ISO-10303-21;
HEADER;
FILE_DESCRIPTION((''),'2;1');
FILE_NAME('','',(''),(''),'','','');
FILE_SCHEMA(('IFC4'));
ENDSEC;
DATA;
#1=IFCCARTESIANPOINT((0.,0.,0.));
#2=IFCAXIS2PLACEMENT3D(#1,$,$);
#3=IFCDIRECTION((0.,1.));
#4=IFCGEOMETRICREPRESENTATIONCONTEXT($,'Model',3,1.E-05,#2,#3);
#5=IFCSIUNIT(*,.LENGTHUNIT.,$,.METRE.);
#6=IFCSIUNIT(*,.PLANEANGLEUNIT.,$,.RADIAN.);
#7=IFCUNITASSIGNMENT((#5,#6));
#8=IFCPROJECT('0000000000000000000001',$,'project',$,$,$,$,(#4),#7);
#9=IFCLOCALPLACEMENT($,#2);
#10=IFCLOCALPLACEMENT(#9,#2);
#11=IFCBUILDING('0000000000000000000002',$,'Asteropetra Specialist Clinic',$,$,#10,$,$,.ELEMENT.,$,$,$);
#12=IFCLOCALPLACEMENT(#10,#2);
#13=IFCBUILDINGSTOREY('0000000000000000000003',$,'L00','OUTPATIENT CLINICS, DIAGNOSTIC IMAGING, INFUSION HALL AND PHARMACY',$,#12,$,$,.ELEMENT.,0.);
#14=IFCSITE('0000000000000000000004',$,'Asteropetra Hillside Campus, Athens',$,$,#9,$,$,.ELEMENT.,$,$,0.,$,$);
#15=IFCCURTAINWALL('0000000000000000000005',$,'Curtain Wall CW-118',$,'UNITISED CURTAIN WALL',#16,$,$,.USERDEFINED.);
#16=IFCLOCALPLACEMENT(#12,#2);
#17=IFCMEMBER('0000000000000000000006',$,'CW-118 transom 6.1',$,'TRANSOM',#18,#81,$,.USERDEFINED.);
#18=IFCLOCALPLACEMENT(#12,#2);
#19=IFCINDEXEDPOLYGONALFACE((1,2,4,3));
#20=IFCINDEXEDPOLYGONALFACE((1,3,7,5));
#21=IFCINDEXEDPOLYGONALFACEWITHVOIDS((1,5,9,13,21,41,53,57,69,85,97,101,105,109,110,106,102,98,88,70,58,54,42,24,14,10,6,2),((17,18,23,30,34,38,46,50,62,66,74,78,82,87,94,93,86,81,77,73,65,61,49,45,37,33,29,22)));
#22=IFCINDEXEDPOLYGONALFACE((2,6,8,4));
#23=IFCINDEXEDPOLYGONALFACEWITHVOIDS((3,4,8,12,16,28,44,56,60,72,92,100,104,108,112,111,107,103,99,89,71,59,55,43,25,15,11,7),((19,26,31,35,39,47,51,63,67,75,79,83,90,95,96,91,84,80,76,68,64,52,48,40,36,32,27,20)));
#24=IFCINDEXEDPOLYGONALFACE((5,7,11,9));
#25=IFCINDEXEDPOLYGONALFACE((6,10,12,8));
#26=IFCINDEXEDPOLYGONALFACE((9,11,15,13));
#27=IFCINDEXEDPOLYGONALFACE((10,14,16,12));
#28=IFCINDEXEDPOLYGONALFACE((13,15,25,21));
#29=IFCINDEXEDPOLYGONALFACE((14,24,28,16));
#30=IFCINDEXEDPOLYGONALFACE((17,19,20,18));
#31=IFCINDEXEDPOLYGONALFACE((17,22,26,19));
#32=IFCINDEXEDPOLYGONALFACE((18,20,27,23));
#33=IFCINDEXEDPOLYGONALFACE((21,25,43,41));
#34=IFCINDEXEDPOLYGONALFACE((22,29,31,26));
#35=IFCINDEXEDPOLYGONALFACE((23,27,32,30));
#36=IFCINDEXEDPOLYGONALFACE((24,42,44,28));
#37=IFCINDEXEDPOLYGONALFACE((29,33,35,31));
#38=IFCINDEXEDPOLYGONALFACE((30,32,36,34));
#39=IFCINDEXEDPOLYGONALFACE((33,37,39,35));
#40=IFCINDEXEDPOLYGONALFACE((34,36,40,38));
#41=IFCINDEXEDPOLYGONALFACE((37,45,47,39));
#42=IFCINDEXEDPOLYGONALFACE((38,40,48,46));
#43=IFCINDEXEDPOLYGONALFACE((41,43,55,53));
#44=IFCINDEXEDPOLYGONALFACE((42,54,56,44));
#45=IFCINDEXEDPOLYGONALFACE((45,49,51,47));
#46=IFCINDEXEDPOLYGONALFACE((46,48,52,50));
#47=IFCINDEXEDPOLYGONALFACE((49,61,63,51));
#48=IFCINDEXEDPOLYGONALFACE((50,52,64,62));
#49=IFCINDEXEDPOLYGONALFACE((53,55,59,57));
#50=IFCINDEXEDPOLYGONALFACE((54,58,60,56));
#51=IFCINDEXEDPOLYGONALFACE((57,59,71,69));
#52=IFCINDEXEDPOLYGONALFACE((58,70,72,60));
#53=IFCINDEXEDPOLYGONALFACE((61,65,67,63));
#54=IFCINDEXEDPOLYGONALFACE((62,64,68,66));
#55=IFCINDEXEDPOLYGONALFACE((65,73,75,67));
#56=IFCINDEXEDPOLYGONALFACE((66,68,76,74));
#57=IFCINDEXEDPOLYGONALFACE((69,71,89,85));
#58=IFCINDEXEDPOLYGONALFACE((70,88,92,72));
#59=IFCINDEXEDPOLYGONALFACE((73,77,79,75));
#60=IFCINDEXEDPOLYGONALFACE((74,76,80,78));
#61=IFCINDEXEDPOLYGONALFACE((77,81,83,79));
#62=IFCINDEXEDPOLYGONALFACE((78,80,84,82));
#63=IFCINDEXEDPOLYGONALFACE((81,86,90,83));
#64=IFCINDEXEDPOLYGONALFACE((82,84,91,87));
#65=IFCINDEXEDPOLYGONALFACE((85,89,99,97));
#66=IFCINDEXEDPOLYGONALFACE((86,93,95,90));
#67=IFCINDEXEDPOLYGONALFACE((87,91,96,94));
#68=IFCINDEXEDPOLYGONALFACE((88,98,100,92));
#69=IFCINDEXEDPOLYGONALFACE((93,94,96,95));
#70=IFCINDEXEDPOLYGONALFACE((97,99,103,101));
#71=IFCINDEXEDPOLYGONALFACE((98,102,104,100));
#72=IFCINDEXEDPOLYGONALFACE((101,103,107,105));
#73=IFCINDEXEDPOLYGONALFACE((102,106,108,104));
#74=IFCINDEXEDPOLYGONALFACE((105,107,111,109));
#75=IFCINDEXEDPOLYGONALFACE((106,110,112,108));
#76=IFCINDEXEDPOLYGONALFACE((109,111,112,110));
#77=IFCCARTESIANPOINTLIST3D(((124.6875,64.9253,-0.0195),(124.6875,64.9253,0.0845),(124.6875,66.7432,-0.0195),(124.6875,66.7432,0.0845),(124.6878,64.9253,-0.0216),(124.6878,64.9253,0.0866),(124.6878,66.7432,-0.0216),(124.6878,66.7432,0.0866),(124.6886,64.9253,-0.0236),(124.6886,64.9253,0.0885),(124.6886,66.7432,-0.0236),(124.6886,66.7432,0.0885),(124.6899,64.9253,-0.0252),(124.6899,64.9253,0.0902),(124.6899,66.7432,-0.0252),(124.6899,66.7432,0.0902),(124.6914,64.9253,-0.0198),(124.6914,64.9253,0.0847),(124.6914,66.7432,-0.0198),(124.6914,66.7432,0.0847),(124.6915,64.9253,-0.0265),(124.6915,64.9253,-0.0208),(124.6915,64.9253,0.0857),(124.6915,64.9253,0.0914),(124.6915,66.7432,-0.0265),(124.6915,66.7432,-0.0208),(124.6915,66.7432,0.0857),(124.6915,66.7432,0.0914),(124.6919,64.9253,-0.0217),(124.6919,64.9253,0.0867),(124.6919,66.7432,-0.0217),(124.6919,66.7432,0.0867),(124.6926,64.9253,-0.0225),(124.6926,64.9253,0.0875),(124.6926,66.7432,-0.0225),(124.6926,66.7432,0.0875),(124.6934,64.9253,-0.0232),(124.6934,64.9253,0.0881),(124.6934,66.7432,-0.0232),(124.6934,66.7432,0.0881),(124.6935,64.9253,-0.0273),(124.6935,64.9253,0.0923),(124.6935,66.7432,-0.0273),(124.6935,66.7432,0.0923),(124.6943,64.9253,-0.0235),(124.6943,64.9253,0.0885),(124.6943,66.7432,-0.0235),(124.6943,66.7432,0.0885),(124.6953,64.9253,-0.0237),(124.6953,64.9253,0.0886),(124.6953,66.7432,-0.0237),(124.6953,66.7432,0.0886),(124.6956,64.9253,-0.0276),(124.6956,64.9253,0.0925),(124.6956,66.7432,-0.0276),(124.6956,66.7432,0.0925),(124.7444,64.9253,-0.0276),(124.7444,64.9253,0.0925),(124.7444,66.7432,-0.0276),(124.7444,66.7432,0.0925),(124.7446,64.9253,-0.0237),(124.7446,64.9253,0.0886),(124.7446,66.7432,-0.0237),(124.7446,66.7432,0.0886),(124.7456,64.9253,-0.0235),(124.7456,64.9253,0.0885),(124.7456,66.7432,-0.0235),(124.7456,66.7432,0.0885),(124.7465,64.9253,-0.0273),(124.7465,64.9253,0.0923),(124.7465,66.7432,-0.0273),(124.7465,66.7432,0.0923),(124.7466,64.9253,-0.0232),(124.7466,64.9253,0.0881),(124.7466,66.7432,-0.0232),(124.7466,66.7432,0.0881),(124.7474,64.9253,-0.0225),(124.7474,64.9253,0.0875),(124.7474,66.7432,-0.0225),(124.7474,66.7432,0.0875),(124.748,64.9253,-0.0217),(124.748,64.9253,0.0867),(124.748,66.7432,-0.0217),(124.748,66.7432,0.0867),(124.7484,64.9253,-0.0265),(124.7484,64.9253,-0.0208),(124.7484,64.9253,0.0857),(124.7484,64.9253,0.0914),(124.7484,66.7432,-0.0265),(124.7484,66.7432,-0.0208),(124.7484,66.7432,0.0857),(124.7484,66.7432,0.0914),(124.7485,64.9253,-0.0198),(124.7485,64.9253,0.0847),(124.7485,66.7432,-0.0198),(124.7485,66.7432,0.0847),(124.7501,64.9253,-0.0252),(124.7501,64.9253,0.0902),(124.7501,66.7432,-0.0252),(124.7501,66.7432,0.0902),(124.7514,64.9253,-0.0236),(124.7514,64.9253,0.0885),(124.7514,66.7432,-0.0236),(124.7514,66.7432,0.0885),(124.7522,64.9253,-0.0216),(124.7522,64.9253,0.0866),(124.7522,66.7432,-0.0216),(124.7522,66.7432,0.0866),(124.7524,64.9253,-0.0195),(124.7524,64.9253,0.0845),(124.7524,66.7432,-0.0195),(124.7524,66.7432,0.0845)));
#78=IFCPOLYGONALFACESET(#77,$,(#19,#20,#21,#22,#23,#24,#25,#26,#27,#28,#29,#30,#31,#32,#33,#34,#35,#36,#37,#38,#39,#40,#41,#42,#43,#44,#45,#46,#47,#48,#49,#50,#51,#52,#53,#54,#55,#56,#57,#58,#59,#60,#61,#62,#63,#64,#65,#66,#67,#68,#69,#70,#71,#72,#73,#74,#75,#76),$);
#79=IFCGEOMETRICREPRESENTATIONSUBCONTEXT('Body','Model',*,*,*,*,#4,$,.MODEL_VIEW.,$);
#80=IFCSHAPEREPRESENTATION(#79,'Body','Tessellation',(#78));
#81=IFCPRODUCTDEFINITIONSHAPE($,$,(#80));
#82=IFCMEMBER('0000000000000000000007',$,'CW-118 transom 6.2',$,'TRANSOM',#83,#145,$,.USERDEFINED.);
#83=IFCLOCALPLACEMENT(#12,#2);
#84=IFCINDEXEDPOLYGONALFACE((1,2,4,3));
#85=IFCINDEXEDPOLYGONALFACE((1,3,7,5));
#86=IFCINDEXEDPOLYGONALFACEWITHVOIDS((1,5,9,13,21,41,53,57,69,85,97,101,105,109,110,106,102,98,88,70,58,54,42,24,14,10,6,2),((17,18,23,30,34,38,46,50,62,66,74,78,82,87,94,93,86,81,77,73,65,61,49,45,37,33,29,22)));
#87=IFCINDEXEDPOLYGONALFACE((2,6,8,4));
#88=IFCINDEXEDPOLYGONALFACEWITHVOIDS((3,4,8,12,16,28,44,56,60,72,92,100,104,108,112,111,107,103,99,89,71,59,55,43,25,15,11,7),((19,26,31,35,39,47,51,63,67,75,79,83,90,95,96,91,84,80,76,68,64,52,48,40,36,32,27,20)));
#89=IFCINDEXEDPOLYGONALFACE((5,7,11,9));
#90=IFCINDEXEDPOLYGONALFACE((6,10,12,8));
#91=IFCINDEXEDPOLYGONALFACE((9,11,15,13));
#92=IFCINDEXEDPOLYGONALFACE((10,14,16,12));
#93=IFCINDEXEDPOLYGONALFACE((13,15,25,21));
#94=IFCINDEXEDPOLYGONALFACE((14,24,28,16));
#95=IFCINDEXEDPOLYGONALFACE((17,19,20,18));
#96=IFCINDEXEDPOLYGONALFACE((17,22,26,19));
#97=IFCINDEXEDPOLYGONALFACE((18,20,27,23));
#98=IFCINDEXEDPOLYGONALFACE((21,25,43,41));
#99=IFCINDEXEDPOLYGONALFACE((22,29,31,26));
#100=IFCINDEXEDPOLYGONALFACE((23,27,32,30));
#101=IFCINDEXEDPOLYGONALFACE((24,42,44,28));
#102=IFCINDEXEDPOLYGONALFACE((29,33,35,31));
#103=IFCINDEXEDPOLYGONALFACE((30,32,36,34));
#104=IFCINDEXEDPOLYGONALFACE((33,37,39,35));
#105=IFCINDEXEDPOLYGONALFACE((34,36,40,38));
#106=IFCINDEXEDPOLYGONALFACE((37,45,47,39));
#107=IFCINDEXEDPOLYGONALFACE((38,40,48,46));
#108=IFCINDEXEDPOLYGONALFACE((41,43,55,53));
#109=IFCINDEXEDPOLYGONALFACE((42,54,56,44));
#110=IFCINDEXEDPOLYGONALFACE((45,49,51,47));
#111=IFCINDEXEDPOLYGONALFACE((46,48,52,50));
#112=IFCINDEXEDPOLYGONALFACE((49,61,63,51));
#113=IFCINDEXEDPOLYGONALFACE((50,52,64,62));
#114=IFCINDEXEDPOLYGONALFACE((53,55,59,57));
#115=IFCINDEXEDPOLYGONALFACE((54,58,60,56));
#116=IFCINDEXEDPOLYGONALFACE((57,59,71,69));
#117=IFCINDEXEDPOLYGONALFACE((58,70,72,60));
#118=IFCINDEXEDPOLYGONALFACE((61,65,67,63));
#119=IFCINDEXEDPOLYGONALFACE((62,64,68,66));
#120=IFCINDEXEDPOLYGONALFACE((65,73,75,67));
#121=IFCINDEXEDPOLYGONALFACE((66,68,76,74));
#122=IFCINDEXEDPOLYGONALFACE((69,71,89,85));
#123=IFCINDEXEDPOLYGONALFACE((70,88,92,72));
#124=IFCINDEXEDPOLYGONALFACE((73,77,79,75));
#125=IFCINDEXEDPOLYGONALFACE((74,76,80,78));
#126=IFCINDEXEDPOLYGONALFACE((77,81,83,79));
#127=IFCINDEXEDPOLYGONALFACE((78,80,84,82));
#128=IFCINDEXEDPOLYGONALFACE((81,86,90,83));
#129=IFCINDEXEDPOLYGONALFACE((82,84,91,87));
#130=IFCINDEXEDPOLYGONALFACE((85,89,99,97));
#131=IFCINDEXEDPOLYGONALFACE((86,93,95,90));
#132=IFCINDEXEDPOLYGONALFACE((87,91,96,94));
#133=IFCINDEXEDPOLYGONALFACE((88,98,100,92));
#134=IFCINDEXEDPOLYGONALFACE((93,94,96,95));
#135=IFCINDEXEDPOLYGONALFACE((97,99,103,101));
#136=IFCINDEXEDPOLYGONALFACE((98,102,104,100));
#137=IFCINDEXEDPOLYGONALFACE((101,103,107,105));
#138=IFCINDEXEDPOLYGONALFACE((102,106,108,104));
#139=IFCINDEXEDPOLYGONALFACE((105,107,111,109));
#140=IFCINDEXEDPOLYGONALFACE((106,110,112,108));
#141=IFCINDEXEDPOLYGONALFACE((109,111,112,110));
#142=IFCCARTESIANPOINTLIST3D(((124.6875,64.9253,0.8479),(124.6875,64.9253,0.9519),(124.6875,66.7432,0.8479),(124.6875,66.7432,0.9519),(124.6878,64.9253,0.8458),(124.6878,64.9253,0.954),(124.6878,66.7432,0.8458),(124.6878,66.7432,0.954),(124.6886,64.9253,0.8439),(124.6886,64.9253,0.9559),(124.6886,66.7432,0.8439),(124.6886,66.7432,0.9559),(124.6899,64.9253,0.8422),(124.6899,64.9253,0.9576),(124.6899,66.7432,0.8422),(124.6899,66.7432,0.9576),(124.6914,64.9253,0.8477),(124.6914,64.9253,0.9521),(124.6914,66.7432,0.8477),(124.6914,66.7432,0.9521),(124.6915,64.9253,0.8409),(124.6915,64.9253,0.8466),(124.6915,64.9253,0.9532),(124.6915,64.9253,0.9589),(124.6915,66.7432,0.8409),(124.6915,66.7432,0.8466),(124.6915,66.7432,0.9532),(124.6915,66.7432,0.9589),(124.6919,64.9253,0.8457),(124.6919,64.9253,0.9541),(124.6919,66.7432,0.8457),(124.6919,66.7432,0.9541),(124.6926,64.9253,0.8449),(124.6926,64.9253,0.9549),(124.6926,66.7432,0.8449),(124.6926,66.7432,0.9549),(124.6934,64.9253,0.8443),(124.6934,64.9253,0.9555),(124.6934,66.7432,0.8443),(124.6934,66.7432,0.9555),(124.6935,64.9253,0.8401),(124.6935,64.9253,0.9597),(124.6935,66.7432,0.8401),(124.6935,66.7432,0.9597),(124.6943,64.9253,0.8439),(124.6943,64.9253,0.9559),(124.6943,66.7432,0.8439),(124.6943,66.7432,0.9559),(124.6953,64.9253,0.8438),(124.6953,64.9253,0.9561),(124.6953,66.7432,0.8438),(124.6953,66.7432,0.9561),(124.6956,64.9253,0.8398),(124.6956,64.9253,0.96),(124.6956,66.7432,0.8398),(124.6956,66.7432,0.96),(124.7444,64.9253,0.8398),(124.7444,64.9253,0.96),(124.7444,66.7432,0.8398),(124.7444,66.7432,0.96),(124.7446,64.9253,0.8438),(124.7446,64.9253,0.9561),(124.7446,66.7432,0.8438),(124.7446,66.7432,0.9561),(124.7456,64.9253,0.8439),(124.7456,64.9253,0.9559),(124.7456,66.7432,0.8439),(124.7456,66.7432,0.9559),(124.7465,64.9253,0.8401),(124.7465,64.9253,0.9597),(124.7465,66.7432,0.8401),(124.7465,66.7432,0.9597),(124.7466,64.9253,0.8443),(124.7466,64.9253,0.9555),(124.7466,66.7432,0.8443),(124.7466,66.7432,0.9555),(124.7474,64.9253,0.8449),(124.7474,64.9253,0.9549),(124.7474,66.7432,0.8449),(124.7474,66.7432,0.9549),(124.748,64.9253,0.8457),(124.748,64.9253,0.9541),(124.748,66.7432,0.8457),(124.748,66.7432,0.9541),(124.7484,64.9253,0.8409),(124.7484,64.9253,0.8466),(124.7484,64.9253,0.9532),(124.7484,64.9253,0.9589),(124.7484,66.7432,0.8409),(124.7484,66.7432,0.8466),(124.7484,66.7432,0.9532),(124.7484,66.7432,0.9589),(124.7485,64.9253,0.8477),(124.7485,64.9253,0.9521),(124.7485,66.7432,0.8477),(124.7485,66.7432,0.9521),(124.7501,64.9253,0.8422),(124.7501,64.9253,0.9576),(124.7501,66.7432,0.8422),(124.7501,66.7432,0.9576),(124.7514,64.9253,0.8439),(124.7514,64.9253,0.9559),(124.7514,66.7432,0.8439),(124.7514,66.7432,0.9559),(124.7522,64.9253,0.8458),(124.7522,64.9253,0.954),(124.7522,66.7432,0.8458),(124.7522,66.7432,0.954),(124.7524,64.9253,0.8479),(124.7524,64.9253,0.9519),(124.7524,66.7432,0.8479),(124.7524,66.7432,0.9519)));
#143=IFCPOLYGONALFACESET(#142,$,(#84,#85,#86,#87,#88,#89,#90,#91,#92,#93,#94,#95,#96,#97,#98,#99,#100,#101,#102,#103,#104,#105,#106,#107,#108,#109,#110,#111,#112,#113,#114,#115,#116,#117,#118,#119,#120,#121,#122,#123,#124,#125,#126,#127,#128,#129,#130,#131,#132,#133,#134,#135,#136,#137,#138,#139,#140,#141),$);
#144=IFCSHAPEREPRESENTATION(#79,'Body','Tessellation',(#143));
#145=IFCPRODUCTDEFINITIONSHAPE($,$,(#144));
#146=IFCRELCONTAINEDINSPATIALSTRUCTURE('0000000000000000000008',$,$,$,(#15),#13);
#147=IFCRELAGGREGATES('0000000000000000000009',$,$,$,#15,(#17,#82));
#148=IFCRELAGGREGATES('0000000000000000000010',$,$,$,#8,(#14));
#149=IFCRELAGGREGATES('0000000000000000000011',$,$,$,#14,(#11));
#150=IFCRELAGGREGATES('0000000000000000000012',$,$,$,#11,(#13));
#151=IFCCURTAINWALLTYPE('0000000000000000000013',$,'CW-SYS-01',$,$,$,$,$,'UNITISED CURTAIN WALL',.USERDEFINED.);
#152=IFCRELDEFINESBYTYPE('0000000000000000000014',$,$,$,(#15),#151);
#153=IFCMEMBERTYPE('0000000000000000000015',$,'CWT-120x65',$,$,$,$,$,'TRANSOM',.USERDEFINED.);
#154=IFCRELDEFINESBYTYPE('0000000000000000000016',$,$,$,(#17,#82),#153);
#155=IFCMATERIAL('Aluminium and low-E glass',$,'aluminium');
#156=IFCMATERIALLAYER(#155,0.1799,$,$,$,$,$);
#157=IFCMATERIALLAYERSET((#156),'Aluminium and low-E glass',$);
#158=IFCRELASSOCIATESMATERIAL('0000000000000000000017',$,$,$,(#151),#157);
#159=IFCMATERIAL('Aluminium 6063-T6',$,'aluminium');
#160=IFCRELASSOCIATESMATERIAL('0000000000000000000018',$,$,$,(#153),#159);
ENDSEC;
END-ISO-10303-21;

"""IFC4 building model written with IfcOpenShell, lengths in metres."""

from ifc_helpers import new_model, si_unit, direction, frame, origin, origin_2d, place, context, subcontext, project, spatial, hollow_rectangle, extrude, material, layer, layer_set, material_profile, profile_set, type_object, element, aggregate, save


model = new_model("IFC4")

# Units and contexts
model_context = context("Model", 3, precision=1e-05, world=origin(), true_north=direction((0.0, 1.0)))
body_context = subcontext(model_context, "Body", "Model", "MODEL_VIEW")
ifc_project = project(units=[si_unit("LENGTHUNIT", "METRE"), si_unit("PLANEANGLEUNIT", "RADIAN")], contexts=[model_context])

# Site, building, storey
site_placement = place(None, origin())
site = spatial("IfcSite", under=ifc_project, at=site_placement, Name="Asteropetra Hillside Campus, Athens", CompositionType="ELEMENT", RefElevation=0.0)
building_placement = place(site_placement, origin())
building = spatial("IfcBuilding", under=site, at=building_placement, Name="Asteropetra Specialist Clinic", CompositionType="ELEMENT")
storey_placement = place(building_placement, origin())
storey = spatial("IfcBuildingStorey", under=building, at=storey_placement, Name="L00", Description="OUTPATIENT CLINICS, DIAGNOSTIC IMAGING, INFUSION HALL AND PHARMACY", CompositionType="ELEMENT", Elevation=0.0)

# Curtain wall, members
ifc_material_1 = material(Name="Aluminium and low-E glass", Category="aluminium")
ifc_layer_1 = layer(ifc_material_1, 0.1799)
ifc_layer_set_1 = layer_set([ifc_layer_1], Name="Aluminium and low-E glass")
curtain_wall_type_1 = type_object("IfcCurtainWallType", Name="CW-SYS-01", ElementType="UNITISED CURTAIN WALL", PredefinedType="USERDEFINED", material=ifc_layer_set_1)
curtain_wall_1_placement = place(storey_placement, origin())
curtain_wall_1 = element("IfcCurtainWall", 1, at=curtain_wall_1_placement, inside=storey, type_object=curtain_wall_type_1, Name="Curtain Wall CW-118", ObjectType="UNITISED CURTAIN WALL", PredefinedType="USERDEFINED")
ifc_material_2 = material(Name="Aluminium 6063-T6", Category="aluminium")
ifc_material_profile_1 = material_profile(ifc_material_2, hollow_rectangle(XDim=0.0649, YDim=0.1201, WallThickness=0.0039, InnerFilletRadius=0.0039, OuterFilletRadius=0.0081, at=origin_2d()), Name="TRN 120x65x4.0")
ifc_profile_set_1 = profile_set([ifc_material_profile_1], Name="Aluminium 6063-T6")
member_type_1 = type_object("IfcMemberType", Name="CWT-120x65", ElementType="TRANSOM", PredefinedType="USERDEFINED", material=ifc_profile_set_1)
member_1_placement = place(storey_placement, frame((124.72, 66.7432, 0.0325), z_axis=(0.0, -1.0, 0.0), x_axis=(1.0, 0.0, 0.0)))
member_1 = element("IfcMember", 2, at=member_1_placement, type_object=member_type_1, Name="CW-118 transom 6.1", ObjectType="TRANSOM", PredefinedType="USERDEFINED", context=body_context, shape_type="SweptSolid", body=[
    extrude(hollow_rectangle(XDim=0.0649, YDim=0.1201, WallThickness=0.0039, InnerFilletRadius=0.0039, OuterFilletRadius=0.0081, at=origin_2d()), origin(), (0.0, 0.0, 1.0), 1.8179),
])
member_2_placement = place(storey_placement, frame((124.72, 66.7432, 0.8999), z_axis=(0.0, -1.0, 0.0), x_axis=(1.0, 0.0, 0.0)))
member_2 = element("IfcMember", 3, at=member_2_placement, type_object=member_type_1, Name="CW-118 transom 6.2", ObjectType="TRANSOM", PredefinedType="USERDEFINED", context=body_context, shape_type="SweptSolid", body=[
    extrude(hollow_rectangle(XDim=0.0649, YDim=0.1201, WallThickness=0.0039, InnerFilletRadius=0.0039, OuterFilletRadius=0.0081, at=origin_2d()), origin(), (0.0, 0.0, 1.0), 1.8179),
])

aggregate(curtain_wall_1, [member_1, member_2])

save(model, "model.ifc")
